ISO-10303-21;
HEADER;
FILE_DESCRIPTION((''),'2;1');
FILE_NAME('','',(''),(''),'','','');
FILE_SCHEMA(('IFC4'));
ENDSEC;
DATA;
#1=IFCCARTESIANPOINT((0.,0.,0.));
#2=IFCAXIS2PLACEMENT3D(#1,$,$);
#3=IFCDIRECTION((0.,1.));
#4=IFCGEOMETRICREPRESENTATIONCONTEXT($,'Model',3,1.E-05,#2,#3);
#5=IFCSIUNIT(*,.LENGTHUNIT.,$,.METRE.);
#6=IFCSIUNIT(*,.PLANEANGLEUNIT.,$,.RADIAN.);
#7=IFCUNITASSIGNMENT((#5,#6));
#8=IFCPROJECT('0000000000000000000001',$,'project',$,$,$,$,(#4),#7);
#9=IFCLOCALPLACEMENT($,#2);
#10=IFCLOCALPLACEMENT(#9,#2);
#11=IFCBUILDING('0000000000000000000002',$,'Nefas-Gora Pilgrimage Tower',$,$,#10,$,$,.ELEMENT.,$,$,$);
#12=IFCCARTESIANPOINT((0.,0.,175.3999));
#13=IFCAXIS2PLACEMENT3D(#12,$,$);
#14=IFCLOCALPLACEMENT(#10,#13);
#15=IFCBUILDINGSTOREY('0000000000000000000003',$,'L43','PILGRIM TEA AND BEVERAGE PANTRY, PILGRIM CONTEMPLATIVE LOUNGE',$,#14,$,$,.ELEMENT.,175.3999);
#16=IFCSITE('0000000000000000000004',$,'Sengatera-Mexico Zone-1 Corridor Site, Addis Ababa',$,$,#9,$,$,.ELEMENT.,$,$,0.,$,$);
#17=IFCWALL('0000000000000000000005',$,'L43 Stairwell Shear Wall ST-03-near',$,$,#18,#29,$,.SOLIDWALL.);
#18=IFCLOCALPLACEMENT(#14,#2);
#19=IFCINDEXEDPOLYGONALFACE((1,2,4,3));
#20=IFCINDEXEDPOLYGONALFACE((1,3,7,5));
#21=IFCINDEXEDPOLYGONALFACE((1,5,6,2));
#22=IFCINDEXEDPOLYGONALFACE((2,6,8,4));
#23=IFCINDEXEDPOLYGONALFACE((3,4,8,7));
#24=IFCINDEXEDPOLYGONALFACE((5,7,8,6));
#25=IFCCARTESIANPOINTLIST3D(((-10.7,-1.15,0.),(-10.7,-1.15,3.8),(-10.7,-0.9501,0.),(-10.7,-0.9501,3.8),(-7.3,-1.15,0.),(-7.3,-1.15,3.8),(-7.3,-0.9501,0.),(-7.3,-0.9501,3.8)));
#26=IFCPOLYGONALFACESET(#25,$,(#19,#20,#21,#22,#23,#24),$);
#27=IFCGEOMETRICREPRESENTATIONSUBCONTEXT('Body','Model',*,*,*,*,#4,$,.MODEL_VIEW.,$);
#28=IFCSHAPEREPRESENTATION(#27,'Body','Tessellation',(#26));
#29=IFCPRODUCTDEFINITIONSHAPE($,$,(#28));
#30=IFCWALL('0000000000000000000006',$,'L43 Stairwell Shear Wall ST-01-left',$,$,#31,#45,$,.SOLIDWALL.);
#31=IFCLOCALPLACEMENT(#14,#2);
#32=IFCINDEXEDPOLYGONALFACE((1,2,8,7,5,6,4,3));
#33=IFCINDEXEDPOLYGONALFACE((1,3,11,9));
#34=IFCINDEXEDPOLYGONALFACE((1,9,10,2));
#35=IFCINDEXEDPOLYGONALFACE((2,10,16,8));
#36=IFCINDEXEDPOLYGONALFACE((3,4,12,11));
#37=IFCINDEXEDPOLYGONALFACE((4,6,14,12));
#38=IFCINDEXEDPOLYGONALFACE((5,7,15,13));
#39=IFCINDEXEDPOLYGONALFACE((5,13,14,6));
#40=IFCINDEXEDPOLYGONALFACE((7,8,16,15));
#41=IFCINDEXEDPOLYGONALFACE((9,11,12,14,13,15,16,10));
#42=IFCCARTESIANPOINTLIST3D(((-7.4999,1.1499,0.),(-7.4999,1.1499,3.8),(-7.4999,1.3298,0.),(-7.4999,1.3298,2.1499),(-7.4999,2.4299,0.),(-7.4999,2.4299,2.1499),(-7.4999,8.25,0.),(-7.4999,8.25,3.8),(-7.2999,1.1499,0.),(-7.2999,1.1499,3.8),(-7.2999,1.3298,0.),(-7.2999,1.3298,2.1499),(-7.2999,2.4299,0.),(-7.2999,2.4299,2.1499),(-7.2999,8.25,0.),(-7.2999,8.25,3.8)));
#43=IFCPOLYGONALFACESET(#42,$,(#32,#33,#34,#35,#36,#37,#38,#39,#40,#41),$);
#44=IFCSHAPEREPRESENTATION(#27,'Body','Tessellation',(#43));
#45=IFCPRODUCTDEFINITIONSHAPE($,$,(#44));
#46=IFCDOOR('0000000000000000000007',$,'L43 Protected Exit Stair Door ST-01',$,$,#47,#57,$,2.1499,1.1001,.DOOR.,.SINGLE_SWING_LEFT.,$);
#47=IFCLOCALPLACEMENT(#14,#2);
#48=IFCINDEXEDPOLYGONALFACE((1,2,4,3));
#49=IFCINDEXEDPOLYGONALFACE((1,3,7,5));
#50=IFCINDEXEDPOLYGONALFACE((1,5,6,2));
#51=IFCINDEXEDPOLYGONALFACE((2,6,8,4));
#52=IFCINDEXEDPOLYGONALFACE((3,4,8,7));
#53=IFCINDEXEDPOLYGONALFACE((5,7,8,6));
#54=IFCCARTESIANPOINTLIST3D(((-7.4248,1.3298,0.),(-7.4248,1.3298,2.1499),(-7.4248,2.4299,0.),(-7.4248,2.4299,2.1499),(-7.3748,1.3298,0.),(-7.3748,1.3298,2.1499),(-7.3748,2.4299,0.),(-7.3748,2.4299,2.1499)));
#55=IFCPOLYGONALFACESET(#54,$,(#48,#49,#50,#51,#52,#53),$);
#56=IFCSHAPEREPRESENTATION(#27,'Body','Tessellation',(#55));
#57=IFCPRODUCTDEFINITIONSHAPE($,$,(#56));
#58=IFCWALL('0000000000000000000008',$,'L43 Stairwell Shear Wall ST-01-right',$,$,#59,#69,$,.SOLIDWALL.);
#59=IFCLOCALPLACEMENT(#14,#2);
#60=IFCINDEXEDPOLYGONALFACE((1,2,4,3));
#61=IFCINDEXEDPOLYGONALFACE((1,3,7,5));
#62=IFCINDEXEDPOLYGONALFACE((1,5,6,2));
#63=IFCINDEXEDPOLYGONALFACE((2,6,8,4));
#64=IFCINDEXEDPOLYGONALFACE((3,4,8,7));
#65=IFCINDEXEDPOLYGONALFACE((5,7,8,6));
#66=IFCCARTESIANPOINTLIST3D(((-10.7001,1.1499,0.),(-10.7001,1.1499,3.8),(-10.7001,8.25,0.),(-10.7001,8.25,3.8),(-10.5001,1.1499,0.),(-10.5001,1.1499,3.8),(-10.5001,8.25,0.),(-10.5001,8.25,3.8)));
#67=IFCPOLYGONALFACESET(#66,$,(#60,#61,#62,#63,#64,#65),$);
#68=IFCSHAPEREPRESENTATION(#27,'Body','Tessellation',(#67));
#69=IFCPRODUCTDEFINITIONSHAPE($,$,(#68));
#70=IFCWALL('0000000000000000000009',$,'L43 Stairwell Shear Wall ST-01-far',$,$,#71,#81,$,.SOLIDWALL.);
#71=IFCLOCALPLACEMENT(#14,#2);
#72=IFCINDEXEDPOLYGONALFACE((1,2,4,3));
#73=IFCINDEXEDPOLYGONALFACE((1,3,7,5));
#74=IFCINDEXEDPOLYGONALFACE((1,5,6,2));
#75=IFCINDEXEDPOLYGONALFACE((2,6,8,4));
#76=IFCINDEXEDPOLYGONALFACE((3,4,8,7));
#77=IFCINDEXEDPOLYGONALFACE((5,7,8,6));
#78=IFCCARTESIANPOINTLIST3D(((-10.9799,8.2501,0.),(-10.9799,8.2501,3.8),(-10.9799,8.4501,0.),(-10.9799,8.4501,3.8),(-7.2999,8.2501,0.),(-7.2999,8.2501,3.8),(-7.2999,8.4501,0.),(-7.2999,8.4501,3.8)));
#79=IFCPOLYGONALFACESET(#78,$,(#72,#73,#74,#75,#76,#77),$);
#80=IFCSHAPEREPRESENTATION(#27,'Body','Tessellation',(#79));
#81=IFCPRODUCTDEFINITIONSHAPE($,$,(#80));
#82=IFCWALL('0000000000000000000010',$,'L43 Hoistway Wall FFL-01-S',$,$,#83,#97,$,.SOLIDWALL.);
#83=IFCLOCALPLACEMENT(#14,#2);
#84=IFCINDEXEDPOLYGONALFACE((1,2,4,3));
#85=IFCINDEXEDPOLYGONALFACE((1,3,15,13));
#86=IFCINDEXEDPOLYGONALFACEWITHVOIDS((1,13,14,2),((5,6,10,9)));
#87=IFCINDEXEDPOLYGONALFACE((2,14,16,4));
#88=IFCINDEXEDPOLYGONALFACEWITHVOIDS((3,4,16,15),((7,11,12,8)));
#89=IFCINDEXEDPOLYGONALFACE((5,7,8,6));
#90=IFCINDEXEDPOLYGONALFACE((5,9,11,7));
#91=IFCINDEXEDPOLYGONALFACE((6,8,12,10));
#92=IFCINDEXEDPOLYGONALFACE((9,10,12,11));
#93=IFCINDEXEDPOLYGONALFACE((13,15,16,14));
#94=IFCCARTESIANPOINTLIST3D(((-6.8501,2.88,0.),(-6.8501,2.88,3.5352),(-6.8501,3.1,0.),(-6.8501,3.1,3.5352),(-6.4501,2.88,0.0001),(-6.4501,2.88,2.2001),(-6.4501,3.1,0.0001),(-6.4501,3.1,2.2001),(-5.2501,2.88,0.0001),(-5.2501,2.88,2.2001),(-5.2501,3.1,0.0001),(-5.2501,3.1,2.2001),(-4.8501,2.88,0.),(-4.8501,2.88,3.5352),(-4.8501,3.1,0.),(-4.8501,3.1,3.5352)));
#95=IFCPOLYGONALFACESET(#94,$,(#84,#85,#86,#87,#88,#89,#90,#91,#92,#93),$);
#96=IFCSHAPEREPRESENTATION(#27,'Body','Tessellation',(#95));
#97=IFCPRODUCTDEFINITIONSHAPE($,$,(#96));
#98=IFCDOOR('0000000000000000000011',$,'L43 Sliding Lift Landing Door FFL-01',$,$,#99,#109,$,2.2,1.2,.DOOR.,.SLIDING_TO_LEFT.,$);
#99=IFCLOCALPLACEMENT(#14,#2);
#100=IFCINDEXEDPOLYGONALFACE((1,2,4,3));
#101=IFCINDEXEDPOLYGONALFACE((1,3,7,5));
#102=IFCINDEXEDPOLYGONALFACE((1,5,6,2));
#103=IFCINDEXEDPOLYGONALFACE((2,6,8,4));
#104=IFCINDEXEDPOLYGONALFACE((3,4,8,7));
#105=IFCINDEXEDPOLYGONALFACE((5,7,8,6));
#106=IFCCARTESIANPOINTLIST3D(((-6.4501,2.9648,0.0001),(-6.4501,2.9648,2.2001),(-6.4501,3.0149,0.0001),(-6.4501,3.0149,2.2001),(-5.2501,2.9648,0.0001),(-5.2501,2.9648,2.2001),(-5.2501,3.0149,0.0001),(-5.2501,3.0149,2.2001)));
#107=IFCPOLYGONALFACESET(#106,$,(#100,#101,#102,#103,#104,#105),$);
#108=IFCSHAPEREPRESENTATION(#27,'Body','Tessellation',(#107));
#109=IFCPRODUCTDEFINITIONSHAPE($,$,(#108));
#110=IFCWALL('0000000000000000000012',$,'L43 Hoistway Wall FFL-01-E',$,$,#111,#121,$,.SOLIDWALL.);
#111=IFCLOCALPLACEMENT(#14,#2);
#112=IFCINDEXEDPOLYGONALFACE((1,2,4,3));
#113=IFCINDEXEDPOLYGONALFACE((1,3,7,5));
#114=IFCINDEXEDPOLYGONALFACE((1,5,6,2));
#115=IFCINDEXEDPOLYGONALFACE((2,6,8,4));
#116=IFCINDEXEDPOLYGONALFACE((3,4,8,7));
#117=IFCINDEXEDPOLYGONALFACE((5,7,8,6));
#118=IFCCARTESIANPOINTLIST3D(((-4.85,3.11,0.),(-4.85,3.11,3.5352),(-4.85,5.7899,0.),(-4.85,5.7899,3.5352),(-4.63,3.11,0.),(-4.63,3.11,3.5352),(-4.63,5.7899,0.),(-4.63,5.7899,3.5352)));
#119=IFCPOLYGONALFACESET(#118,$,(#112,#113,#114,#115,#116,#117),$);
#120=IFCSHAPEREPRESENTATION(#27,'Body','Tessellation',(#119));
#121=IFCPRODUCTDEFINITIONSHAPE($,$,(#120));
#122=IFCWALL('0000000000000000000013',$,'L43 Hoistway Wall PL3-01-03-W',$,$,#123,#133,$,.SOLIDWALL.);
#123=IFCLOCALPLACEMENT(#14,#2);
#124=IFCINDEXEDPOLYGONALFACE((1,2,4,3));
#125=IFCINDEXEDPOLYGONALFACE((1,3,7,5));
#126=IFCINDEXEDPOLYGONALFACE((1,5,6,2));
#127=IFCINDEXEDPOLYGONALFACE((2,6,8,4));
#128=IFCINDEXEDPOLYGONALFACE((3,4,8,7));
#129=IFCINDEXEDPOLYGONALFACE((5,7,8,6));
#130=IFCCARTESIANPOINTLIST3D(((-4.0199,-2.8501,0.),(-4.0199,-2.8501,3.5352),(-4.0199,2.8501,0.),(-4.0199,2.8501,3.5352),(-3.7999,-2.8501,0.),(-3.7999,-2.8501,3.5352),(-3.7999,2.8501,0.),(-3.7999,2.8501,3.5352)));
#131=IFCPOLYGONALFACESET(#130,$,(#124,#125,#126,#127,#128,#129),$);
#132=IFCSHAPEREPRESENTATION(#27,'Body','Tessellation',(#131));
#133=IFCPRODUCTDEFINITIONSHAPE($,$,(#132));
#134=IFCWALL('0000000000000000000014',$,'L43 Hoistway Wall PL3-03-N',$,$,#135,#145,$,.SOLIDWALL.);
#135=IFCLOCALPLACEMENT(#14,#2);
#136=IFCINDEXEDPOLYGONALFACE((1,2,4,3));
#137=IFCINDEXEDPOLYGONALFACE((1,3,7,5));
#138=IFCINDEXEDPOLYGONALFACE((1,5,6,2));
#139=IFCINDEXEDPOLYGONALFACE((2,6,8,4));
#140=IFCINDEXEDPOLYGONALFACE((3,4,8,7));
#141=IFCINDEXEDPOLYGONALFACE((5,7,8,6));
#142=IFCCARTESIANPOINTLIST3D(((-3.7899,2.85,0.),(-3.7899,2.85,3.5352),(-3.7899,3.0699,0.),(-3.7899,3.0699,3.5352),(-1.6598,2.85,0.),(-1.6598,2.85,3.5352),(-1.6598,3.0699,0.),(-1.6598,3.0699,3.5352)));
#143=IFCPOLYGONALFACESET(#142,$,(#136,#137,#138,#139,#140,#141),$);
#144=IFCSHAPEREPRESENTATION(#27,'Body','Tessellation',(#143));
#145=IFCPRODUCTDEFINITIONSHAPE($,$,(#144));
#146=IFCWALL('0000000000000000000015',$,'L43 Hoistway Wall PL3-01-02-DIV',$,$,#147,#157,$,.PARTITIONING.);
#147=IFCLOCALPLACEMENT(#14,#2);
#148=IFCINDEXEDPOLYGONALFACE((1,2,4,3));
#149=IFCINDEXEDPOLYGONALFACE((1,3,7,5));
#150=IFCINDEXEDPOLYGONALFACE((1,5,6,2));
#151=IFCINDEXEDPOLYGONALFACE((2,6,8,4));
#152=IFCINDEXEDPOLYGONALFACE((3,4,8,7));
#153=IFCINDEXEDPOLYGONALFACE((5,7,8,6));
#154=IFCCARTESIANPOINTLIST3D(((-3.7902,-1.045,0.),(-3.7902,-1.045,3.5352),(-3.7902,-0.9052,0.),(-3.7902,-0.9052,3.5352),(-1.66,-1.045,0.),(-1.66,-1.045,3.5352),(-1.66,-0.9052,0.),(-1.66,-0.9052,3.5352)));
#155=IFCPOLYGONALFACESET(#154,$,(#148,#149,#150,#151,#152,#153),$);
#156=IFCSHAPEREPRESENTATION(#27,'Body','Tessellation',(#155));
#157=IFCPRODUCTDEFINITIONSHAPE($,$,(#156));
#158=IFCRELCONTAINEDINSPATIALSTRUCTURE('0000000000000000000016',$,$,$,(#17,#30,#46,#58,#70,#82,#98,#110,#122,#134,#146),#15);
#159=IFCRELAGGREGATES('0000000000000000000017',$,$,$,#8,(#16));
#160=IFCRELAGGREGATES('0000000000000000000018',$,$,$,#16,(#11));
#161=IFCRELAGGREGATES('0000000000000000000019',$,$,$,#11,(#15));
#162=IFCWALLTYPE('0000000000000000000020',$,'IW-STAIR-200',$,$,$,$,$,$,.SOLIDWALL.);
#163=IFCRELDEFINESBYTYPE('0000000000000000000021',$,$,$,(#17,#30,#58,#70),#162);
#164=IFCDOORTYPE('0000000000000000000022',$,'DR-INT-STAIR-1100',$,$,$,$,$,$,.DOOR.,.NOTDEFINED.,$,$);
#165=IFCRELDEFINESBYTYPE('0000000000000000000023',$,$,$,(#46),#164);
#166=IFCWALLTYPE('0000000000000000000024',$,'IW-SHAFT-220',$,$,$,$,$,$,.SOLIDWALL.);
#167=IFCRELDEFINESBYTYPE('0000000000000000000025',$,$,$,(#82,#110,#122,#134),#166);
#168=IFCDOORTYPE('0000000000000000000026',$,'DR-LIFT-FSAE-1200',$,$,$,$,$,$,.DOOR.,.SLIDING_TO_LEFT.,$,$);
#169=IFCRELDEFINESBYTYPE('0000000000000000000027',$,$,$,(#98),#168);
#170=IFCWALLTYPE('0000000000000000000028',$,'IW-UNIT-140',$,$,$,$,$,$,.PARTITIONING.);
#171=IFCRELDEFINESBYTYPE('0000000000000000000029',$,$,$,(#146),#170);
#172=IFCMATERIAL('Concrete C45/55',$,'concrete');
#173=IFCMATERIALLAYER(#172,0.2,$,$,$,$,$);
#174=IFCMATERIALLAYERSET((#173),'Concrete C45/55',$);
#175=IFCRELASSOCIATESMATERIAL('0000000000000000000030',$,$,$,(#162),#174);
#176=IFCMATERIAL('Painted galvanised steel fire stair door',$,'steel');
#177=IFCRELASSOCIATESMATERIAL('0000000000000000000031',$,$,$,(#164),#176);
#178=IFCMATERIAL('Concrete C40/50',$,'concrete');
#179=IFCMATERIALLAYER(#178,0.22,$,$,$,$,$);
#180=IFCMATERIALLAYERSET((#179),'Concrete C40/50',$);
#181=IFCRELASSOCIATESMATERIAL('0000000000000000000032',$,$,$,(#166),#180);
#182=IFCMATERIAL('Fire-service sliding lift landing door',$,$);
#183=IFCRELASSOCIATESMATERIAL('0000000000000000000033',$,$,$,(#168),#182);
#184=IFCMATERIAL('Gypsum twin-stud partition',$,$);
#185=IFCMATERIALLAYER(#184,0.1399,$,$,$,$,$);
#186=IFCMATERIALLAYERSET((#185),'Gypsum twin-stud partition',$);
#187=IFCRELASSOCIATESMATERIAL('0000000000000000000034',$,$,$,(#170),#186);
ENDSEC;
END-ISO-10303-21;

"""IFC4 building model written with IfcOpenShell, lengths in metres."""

from ifc_helpers import new_model, si_unit, direction, frame, frame_2d, origin, place, context, subcontext, project, spatial, rectangle, extrude, source, transform, mapped, material, layer, layer_set, type_object, element, fill, save


model = new_model("IFC4")

# Units and contexts
model_context = context("Model", 3, precision=1e-05, world=origin(), true_north=direction((0.0, 1.0)))
body_context = subcontext(model_context, "Body", "Model", "MODEL_VIEW")
ifc_project = project(units=[si_unit("LENGTHUNIT", "METRE"), si_unit("PLANEANGLEUNIT", "RADIAN")], contexts=[model_context])

# Site, building, storey
site_placement = place(None, origin())
site = spatial("IfcSite", under=ifc_project, at=site_placement, Name="Sengatera-Mexico Zone-1 Corridor Site, Addis Ababa", CompositionType="ELEMENT", RefElevation=0.0)
building_placement = place(site_placement, origin())
building = spatial("IfcBuilding", under=site, at=building_placement, Name="Nefas-Gora Pilgrimage Tower", CompositionType="ELEMENT")
storey_placement = place(building_placement, frame((0.0, 0.0, 175.3999)))
storey = spatial("IfcBuildingStorey", under=building, at=storey_placement, Name="L43", Description="PILGRIM TEA AND BEVERAGE PANTRY, PILGRIM CONTEMPLATIVE LOUNGE", CompositionType="ELEMENT", Elevation=175.3999)

# Wall
ifc_material_1 = material(Name="Concrete C45/55", Category="concrete")
ifc_layer_1 = layer(ifc_material_1, 0.2)
ifc_layer_set_1 = layer_set([ifc_layer_1], Name="Concrete C45/55")
wall_type_1 = type_object("IfcWallType", Name="IW-STAIR-200", PredefinedType="SOLIDWALL", material=ifc_layer_set_1)
shared_shape_1 = source(origin(), body_context, "Body", "SweptSolid", [
    extrude(rectangle(XDim=3.3999, YDim=0.2, at=frame_2d((1.7, 0.0))), origin(), (0.0, 0.0, 1.0), 3.8),
])
for number, where, z_axis, x_axis, name in (
    (1, (-10.7, -1.05, 0.0), (0.0, 0.0, 1.0), (1.0, 0.0, 0.0), "L43 Stairwell Shear Wall ST-03-near"),
):
    element("IfcWall", number, at=place(storey_placement, frame(where, z_axis=z_axis, x_axis=x_axis)), inside=storey, type_object=wall_type_1, Name=name, PredefinedType="SOLIDWALL", context=body_context, shape_type="MappedRepresentation", body=[
        mapped(shared_shape_1, transform((0.0, 0.0, 0.0), x_axis=(1.0, 0.0, 0.0), y_axis=(0.0, 1.0, 0.0), z_axis=(0.0, 0.0, 1.0), scale=1.0)),
    ])

# Wall, opening, door
shared_shape_2 = source(origin(), body_context, "Body", "SweptSolid", [
    extrude(rectangle(XDim=7.1001, YDim=0.2, at=frame_2d((3.55, 0.0))), origin(), (0.0, 0.0, 1.0), 3.8),
])
wall_1_placement = place(storey_placement, frame((-7.3999, 1.1499, 0.0), z_axis=(0.0, 0.0, 1.0), x_axis=(0.0, 1.0, 0.0)))
wall_1 = element("IfcWall", 2, at=wall_1_placement, inside=storey, type_object=wall_type_1, Name="L43 Stairwell Shear Wall ST-01-left", PredefinedType="SOLIDWALL", context=body_context, shape_type="MappedRepresentation", body=[
    mapped(shared_shape_2, transform((0.0, 0.0, 0.0), x_axis=(1.0, 0.0, 0.0), y_axis=(0.0, 1.0, 0.0), z_axis=(0.0, 0.0, 1.0), scale=1.0)),
])
opening_1_placement = place(wall_1_placement, frame((0.1799, 0.0, 0.0)))
opening_1 = element("IfcOpeningElement", 3, at=opening_1_placement, cuts=wall_1, PredefinedType="OPENING", context=body_context, shape_type="SweptSolid", body=[
    extrude(rectangle(XDim=1.1001, YDim=2.1499, at=frame_2d((0.55, 1.075))), frame((0.0, 0.1099, 0.0), z_axis=(0.0, -1.0, 0.0), x_axis=(1.0, 0.0, 0.0)), (0.0, 0.0, 1.0), 0.22),
])
ifc_material_2 = material(Name="Painted galvanised steel fire stair door", Category="steel")
door_type_1 = type_object("IfcDoorType", Name="DR-INT-STAIR-1100", OperationType="NOTDEFINED", PredefinedType="DOOR", material=ifc_material_2)
shared_shape_3 = source(origin(), body_context, "Body", "SweptSolid", [
    extrude(rectangle(XDim=1.1001, YDim=2.1499, at=frame_2d((0.55, 1.075))), frame((0.0, 0.0249, 0.0), z_axis=(0.0, -1.0, 0.0), x_axis=(1.0, 0.0, 0.0)), (0.0, 0.0, 1.0), 0.05),
])
door_1_placement = place(opening_1_placement, origin())
door_1 = element("IfcDoor", 4, at=door_1_placement, inside=storey, type_object=door_type_1, Name="L43 Protected Exit Stair Door ST-01", OperationType="SINGLE_SWING_LEFT", OverallHeight=2.1499, OverallWidth=1.1001, PredefinedType="DOOR", context=body_context, shape_type="MappedRepresentation", body=[
    mapped(shared_shape_3, transform((0.0, 0.0, 0.0), x_axis=(1.0, 0.0, 0.0), y_axis=(0.0, 1.0, 0.0), z_axis=(0.0, 0.0, 1.0), scale=1.0)),
])
fill(opening_1, door_1)

# Walls
wall_2_placement = place(storey_placement, frame((-10.6001, 1.1499, 0.0), z_axis=(0.0, 0.0, 1.0), x_axis=(0.0, 1.0, 0.0)))
element("IfcWall", 5, at=wall_2_placement, inside=storey, type_object=wall_type_1, Name="L43 Stairwell Shear Wall ST-01-right", PredefinedType="SOLIDWALL", context=body_context, shape_type="MappedRepresentation", body=[
    mapped(shared_shape_2, transform((0.0, 0.0, 0.0), x_axis=(1.0, 0.0, 0.0), y_axis=(0.0, 1.0, 0.0), z_axis=(0.0, 0.0, 1.0), scale=1.0)),
])
shared_shape_4 = source(origin(), body_context, "Body", "SweptSolid", [
    extrude(rectangle(XDim=3.6799, YDim=0.2, at=frame_2d((1.8398, 0.0))), origin(), (0.0, 0.0, 1.0), 3.8),
])
wall_3_placement = place(storey_placement, frame((-7.3, 8.3501, 0.0), z_axis=(0.0, 0.0, 1.0), x_axis=(-1.0, 0.0, 0.0)))
element("IfcWall", 6, at=wall_3_placement, inside=storey, type_object=wall_type_1, Name="L43 Stairwell Shear Wall ST-01-far", PredefinedType="SOLIDWALL", context=body_context, shape_type="MappedRepresentation", body=[
    mapped(shared_shape_4, transform((0.0, 0.0, 0.0), x_axis=(1.0, 0.0, 0.0), y_axis=(0.0, 1.0, 0.0), z_axis=(0.0, 0.0, 1.0), scale=1.0)),
])

# Wall, opening, door
ifc_material_3 = material(Name="Concrete C40/50", Category="concrete")
ifc_layer_2 = layer(ifc_material_3, 0.22)
ifc_layer_set_2 = layer_set([ifc_layer_2], Name="Concrete C40/50")
wall_type_2 = type_object("IfcWallType", Name="IW-SHAFT-220", PredefinedType="SOLIDWALL", material=ifc_layer_set_2)
shared_shape_5 = source(origin(), body_context, "Body", "SweptSolid", [
    extrude(rectangle(XDim=2.0, YDim=0.22, at=frame_2d((1.0, 0.0))), origin(), (0.0, 0.0, 1.0), 3.5352),
])
wall_4_placement = place(storey_placement, frame((-6.8501, 2.99, 0.0), z_axis=(0.0, 0.0, 1.0), x_axis=(1.0, 0.0, 0.0)))
wall_4 = element("IfcWall", 7, at=wall_4_placement, inside=storey, type_object=wall_type_2, Name="L43 Hoistway Wall FFL-01-S", PredefinedType="SOLIDWALL", context=body_context, shape_type="MappedRepresentation", body=[
    mapped(shared_shape_5, transform((0.0, 0.0, 0.0), x_axis=(1.0, 0.0, 0.0), y_axis=(0.0, 1.0, 0.0), z_axis=(0.0, 0.0, 1.0), scale=1.0)),
])
opening_2_placement = place(wall_4_placement, frame((0.3999, 0.0, 0.0)))
opening_2 = element("IfcOpeningElement", 8, at=opening_2_placement, cuts=wall_4, PredefinedType="OPENING", context=body_context, shape_type="SweptSolid", body=[
    extrude(rectangle(XDim=1.2, YDim=2.2, at=frame_2d((0.6001, 1.1001))), frame((0.0, 0.1199, 0.0), z_axis=(0.0, -1.0, 0.0), x_axis=(1.0, 0.0, 0.0)), (0.0, 0.0, 1.0), 0.24),
])
ifc_material_4 = material(Name="Fire-service sliding lift landing door")
door_type_2 = type_object("IfcDoorType", Name="DR-LIFT-FSAE-1200", OperationType="SLIDING_TO_LEFT", PredefinedType="DOOR", material=ifc_material_4)
shared_shape_6 = source(origin(), body_context, "Body", "SweptSolid", [
    extrude(rectangle(XDim=1.2, YDim=2.2, at=frame_2d((0.6001, 1.1001))), frame((0.0, 0.0249, 0.0), z_axis=(0.0, -1.0, 0.0), x_axis=(1.0, 0.0, 0.0)), (0.0, 0.0, 1.0), 0.05),
])
door_2_placement = place(opening_2_placement, origin())
door_2 = element("IfcDoor", 9, at=door_2_placement, inside=storey, type_object=door_type_2, Name="L43 Sliding Lift Landing Door FFL-01", OperationType="SLIDING_TO_LEFT", OverallHeight=2.2, OverallWidth=1.2, PredefinedType="DOOR", context=body_context, shape_type="MappedRepresentation", body=[
    mapped(shared_shape_6, transform((0.0, 0.0, 0.0), x_axis=(1.0, 0.0, 0.0), y_axis=(0.0, 1.0, 0.0), z_axis=(0.0, 0.0, 1.0), scale=1.0)),
])
fill(opening_2, door_2)

# Walls
shared_shape_7 = source(origin(), body_context, "Body", "SweptSolid", [
    extrude(rectangle(XDim=2.6799, YDim=0.22, at=frame_2d((1.3398, 0.0))), origin(), (0.0, 0.0, 1.0), 3.5352),
])
wall_5_placement = place(storey_placement, frame((-4.74, 3.1101, 0.0), z_axis=(0.0, 0.0, 1.0), x_axis=(0.0, 1.0, 0.0)))
element("IfcWall", 10, at=wall_5_placement, inside=storey, type_object=wall_type_2, Name="L43 Hoistway Wall FFL-01-E", PredefinedType="SOLIDWALL", context=body_context, shape_type="MappedRepresentation", body=[
    mapped(shared_shape_7, transform((0.0, 0.0, 0.0), x_axis=(1.0, 0.0, 0.0), y_axis=(0.0, 1.0, 0.0), z_axis=(0.0, 0.0, 1.0), scale=1.0)),
])
shared_shape_8 = source(origin(), body_context, "Body", "SweptSolid", [
    extrude(rectangle(XDim=5.7002, YDim=0.22, at=frame_2d((2.8501, 0.0))), origin(), (0.0, 0.0, 1.0), 3.5352),
])
wall_6_placement = place(storey_placement, frame((-3.9099, 2.8501, 0.0), z_axis=(0.0, 0.0, 1.0), x_axis=(0.0, -1.0, 0.0)))
element("IfcWall", 11, at=wall_6_placement, inside=storey, type_object=wall_type_2, Name="L43 Hoistway Wall PL3-01-03-W", PredefinedType="SOLIDWALL", context=body_context, shape_type="MappedRepresentation", body=[
    mapped(shared_shape_8, transform((0.0, 0.0, 0.0), x_axis=(1.0, 0.0, 0.0), y_axis=(0.0, 1.0, 0.0), z_axis=(0.0, 0.0, 1.0), scale=1.0)),
])
shared_shape_9 = source(origin(), body_context, "Body", "SweptSolid", [
    extrude(rectangle(XDim=2.1301, YDim=0.22, at=frame_2d((1.0649, 0.0))), origin(), (0.0, 0.0, 1.0), 3.5352),
])
wall_7_placement = place(storey_placement, frame((-1.6599, 2.96, 0.0), z_axis=(0.0, 0.0, 1.0), x_axis=(-1.0, 0.0, 0.0)))
element("IfcWall", 12, at=wall_7_placement, inside=storey, type_object=wall_type_2, Name="L43 Hoistway Wall PL3-03-N", PredefinedType="SOLIDWALL", context=body_context, shape_type="MappedRepresentation", body=[
    mapped(shared_shape_9, transform((0.0, 0.0, 0.0), x_axis=(1.0, 0.0, 0.0), y_axis=(0.0, 1.0, 0.0), z_axis=(0.0, 0.0, 1.0), scale=1.0)),
])
ifc_material_5 = material(Name="Gypsum twin-stud partition")
ifc_layer_3 = layer(ifc_material_5, 0.1399)
ifc_layer_set_3 = layer_set([ifc_layer_3], Name="Gypsum twin-stud partition")
wall_type_3 = type_object("IfcWallType", Name="IW-UNIT-140", PredefinedType="PARTITIONING", material=ifc_layer_set_3)
shared_shape_10 = source(origin(), body_context, "Body", "SweptSolid", [
    extrude(rectangle(XDim=2.1301, YDim=0.1399, at=frame_2d((1.0649, 0.0))), origin(), (0.0, 0.0, 1.0), 3.5352),
])
for number, where, z_axis, x_axis, name in (
    (13, (-3.79, -0.9751, 0.0), (0.0, 0.0, 1.0), (1.0, 0.0, 0.0), "L43 Hoistway Wall PL3-01-02-DIV"),
):
    element("IfcWall", number, at=place(storey_placement, frame(where, z_axis=z_axis, x_axis=x_axis)), inside=storey, type_object=wall_type_3, Name=name, PredefinedType="PARTITIONING", context=body_context, shape_type="MappedRepresentation", body=[
        mapped(shared_shape_10, transform((0.0, 0.0, 0.0), x_axis=(1.0, 0.0, 0.0), y_axis=(0.0, 1.0, 0.0), z_axis=(0.0, 0.0, 1.0), scale=1.0)),
    ])

save(model, "model.ifc")
